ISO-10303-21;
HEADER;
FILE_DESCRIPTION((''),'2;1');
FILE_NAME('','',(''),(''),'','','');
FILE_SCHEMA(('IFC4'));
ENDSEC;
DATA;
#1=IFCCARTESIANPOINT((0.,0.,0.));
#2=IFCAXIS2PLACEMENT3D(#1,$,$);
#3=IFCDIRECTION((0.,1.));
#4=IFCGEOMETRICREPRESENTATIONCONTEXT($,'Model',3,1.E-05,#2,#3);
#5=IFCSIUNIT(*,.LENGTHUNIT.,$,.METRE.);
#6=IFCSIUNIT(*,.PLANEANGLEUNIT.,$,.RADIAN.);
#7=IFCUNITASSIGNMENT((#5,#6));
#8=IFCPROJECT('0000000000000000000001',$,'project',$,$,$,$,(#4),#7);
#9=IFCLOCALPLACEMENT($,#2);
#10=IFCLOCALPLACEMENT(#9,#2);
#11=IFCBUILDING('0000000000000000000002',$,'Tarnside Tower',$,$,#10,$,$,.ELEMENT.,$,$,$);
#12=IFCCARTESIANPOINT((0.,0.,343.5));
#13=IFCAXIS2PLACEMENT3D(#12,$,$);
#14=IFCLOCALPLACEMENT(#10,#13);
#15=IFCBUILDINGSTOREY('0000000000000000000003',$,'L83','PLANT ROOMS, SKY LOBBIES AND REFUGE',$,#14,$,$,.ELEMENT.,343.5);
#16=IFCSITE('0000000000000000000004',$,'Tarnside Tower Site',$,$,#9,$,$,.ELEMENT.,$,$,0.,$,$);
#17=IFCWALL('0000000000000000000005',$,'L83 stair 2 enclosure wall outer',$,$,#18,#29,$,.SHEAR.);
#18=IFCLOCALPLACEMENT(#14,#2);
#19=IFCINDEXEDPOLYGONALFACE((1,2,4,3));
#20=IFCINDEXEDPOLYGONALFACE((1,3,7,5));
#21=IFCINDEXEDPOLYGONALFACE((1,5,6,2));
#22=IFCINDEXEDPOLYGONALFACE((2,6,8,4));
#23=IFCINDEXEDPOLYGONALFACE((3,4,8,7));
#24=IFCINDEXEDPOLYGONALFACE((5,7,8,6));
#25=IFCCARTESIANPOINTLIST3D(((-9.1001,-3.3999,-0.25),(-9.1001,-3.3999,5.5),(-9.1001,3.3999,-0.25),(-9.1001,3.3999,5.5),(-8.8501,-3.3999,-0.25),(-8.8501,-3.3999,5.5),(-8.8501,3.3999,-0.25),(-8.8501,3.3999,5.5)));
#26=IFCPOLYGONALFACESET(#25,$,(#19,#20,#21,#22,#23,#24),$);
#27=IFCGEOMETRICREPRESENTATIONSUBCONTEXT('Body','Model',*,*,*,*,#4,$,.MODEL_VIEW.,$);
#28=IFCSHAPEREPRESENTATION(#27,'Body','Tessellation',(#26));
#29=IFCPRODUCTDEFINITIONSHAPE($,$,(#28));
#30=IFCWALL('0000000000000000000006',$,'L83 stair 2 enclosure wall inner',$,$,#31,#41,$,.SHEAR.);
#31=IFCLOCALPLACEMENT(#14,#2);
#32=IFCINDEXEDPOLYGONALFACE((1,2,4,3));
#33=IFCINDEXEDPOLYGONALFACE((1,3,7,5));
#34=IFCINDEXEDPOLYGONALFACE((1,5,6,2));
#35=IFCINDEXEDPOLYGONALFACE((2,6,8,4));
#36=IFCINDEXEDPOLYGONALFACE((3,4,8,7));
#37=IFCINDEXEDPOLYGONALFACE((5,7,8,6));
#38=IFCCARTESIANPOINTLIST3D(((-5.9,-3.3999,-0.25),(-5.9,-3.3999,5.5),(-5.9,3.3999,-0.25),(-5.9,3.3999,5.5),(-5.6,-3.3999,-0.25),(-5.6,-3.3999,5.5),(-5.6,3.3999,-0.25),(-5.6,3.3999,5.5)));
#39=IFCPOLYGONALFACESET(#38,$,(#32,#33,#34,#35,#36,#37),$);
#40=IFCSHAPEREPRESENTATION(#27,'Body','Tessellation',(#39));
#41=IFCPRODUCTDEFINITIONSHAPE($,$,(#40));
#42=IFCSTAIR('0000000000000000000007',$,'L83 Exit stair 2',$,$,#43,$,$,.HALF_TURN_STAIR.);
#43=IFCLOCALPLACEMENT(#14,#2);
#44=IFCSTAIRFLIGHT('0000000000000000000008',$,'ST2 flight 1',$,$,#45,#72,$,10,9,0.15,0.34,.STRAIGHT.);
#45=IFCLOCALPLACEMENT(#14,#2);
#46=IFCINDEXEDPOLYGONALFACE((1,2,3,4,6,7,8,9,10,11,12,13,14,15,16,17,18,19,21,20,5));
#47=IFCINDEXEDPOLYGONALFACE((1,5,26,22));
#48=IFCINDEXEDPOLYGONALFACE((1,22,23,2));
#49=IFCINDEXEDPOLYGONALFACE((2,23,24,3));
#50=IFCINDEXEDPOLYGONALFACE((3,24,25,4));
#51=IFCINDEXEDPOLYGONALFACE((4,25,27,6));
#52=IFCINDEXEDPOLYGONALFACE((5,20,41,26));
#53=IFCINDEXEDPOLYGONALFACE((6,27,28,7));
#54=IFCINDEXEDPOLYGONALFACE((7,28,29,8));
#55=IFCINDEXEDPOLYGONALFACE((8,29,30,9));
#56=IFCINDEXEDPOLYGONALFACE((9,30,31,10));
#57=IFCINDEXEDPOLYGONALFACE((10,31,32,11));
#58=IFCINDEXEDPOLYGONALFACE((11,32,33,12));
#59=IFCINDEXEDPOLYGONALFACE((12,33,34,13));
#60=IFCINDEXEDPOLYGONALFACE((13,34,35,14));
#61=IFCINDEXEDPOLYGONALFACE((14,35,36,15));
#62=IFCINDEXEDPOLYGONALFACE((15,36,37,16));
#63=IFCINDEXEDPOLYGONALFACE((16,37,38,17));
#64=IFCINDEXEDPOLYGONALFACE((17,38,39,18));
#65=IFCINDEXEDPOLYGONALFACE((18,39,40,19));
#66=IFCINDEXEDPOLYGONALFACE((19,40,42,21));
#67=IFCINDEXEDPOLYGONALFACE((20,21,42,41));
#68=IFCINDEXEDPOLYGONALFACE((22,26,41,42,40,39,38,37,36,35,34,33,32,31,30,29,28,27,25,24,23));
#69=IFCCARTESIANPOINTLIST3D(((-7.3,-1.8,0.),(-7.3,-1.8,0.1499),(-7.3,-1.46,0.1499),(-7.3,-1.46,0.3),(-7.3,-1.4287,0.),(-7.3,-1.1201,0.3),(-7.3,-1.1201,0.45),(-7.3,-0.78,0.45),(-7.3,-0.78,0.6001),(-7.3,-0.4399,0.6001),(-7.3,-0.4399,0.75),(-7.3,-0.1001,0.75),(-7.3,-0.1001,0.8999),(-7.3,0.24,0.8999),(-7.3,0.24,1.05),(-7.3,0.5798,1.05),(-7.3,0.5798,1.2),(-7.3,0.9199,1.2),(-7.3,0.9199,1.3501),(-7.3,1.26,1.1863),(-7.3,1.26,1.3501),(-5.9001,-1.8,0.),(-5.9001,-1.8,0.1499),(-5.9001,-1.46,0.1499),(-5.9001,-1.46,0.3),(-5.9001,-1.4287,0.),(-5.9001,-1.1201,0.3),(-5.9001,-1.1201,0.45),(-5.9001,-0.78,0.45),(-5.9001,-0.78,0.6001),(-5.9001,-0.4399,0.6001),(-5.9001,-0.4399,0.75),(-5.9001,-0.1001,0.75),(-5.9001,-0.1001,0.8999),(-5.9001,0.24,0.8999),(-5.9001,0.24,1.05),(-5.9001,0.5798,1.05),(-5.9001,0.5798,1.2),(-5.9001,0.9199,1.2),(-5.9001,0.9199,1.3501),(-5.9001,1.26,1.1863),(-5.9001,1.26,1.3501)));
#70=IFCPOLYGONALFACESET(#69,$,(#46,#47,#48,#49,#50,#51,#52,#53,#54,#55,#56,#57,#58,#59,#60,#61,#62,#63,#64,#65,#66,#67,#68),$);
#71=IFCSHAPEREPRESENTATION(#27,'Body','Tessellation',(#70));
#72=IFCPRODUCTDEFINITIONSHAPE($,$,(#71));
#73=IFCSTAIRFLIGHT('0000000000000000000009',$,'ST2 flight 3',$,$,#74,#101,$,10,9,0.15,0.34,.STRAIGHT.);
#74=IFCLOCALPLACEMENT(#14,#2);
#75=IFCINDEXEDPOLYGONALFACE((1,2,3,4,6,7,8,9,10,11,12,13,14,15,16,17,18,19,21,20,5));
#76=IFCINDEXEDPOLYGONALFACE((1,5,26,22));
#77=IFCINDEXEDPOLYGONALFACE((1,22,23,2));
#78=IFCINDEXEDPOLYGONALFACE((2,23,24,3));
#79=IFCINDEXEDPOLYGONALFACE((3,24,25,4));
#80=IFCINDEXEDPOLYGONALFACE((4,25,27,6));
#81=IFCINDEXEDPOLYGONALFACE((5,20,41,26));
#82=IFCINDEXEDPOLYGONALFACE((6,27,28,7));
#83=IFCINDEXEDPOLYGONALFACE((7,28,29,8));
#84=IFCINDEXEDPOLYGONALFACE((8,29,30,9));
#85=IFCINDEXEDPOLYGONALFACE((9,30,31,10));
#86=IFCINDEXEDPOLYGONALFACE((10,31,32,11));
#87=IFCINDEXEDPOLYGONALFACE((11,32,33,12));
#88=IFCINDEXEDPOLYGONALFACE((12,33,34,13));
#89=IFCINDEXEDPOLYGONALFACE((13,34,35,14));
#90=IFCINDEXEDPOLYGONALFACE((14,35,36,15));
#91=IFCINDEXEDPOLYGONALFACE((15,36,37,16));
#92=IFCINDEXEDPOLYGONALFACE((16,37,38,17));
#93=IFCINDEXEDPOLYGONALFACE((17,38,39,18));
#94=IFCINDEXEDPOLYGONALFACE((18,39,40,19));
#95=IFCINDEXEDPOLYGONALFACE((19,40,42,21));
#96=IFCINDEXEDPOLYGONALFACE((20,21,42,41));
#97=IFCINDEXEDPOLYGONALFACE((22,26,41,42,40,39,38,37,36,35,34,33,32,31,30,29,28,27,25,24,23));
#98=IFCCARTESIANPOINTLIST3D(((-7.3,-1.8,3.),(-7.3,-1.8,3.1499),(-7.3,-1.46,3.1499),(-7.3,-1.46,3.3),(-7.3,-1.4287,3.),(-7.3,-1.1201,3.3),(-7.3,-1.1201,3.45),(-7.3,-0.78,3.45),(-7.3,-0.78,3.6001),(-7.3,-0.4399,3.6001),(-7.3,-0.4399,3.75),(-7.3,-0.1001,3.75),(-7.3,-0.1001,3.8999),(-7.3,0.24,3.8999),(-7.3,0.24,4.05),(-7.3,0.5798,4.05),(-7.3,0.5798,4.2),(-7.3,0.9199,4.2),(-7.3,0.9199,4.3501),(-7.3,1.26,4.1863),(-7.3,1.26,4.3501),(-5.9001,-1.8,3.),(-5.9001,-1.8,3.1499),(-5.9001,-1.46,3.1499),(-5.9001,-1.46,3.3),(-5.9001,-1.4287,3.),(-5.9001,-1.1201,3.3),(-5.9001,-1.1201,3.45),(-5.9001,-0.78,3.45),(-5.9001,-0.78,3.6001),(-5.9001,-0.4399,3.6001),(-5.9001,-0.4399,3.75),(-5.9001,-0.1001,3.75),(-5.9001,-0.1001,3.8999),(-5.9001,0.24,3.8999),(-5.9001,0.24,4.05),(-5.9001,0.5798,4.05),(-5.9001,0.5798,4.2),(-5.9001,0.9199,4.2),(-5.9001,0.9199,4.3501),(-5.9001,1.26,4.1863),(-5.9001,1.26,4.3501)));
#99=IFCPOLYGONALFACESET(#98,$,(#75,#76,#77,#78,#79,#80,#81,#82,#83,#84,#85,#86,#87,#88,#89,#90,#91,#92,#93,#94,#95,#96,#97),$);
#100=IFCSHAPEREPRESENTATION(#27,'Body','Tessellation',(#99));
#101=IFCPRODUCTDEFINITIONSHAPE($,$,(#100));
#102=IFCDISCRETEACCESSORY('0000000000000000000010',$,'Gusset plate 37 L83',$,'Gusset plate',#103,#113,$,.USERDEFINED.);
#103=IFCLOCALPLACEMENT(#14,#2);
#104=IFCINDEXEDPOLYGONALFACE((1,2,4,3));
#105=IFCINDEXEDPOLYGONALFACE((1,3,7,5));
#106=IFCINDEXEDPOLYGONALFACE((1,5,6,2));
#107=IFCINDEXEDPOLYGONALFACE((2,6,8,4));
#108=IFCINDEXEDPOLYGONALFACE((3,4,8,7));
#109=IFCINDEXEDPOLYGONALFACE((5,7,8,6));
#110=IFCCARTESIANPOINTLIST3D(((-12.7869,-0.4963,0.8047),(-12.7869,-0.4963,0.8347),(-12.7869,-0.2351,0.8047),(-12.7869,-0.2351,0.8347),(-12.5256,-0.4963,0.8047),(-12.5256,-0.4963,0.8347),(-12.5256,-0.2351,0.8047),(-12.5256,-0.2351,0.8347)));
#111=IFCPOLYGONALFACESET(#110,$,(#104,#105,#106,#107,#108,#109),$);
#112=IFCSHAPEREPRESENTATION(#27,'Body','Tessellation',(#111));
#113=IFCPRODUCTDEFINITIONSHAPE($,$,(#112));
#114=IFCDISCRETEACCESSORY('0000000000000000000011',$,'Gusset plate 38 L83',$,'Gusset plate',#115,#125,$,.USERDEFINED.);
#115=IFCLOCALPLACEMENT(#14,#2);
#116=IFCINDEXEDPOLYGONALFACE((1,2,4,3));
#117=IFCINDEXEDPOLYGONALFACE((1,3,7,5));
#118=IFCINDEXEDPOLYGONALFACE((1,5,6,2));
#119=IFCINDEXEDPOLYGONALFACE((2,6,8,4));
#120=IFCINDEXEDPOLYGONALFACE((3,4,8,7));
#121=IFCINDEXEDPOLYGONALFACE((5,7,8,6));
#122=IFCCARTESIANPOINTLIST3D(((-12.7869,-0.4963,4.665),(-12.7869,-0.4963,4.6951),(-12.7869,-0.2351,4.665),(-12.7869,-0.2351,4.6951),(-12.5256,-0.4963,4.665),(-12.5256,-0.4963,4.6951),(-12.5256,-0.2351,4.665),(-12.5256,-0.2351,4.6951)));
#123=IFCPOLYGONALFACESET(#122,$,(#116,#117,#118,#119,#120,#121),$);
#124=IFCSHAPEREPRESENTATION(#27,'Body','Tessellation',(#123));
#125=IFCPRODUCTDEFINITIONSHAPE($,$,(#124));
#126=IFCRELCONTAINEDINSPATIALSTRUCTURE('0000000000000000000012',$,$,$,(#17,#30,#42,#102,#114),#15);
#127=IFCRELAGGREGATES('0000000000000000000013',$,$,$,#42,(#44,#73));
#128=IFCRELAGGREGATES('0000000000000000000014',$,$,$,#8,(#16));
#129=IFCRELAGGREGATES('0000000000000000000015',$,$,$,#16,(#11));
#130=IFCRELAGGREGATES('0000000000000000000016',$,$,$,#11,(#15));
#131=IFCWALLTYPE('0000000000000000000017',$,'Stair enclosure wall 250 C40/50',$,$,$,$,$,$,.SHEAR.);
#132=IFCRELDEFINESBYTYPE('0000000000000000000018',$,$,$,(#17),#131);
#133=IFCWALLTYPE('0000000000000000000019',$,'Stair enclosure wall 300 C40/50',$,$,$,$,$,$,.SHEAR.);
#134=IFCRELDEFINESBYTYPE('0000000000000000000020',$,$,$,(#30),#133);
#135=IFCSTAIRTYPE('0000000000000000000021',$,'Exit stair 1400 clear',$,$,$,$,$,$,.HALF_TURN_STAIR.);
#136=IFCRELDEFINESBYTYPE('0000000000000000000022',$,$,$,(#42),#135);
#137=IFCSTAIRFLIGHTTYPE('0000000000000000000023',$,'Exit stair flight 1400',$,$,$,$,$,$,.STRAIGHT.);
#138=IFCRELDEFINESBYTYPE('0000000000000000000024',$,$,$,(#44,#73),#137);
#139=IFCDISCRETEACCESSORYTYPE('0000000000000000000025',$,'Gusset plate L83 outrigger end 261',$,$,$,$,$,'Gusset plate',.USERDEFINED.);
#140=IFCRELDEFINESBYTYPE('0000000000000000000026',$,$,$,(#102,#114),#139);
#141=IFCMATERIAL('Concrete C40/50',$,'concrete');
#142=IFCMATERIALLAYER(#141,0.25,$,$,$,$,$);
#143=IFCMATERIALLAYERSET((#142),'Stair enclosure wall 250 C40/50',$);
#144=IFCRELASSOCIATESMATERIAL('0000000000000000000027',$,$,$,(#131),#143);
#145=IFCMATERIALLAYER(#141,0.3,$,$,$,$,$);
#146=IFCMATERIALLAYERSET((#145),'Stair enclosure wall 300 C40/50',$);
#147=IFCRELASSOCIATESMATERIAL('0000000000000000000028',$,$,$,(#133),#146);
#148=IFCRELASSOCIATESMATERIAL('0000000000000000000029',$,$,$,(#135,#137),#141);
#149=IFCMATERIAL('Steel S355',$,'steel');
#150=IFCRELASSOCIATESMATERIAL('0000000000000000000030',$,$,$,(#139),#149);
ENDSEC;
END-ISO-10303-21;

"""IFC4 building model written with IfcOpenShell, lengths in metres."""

from ifc_helpers import new_model, si_unit, direction, frame, frame_2d, origin, origin_2d, place, context, subcontext, project, spatial, polyline, rectangle, outline, extrude, material, layer, layer_set, type_object, element, aggregate, save


model = new_model("IFC4")

# Units and contexts
model_context = context("Model", 3, precision=1e-05, world=origin(), true_north=direction((0.0, 1.0)))
body_context = subcontext(model_context, "Body", "Model", "MODEL_VIEW")
ifc_project = project(units=[si_unit("LENGTHUNIT", "METRE"), si_unit("PLANEANGLEUNIT", "RADIAN")], contexts=[model_context])

# Site, building, storey
site_placement = place(None, origin())
site = spatial("IfcSite", under=ifc_project, at=site_placement, Name="Tarnside Tower Site", CompositionType="ELEMENT", RefElevation=0.0)
building_placement = place(site_placement, origin())
building = spatial("IfcBuilding", under=site, at=building_placement, Name="Tarnside Tower", CompositionType="ELEMENT")
storey_placement = place(building_placement, frame((0.0, 0.0, 343.5)))
storey = spatial("IfcBuildingStorey", under=building, at=storey_placement, Name="L83", Description="PLANT ROOMS, SKY LOBBIES AND REFUGE", CompositionType="ELEMENT", Elevation=343.5)

# Shared definitions
ifc_material_1 = material(Name="Steel S355", Category="steel")

# Shared definitions
ifc_material_2 = material(Name="Concrete C40/50", Category="concrete")

# Walls
ifc_layer_1 = layer(ifc_material_2, 0.25)
ifc_layer_set_1 = layer_set([ifc_layer_1], Name="Stair enclosure wall 250 C40/50")
wall_type_1 = type_object("IfcWallType", Name="Stair enclosure wall 250 C40/50", PredefinedType="SHEAR", material=ifc_layer_set_1)
wall_1_placement = place(storey_placement, frame((-8.9751, -3.3999, -0.25), z_axis=(0.0, 0.0, 1.0), x_axis=(0.0, 1.0, 0.0)))
element("IfcWall", 1, at=wall_1_placement, inside=storey, type_object=wall_type_1, Name="L83 stair 2 enclosure wall outer", PredefinedType="SHEAR", context=body_context, shape_type="SweptSolid", body=[
    extrude(rectangle(XDim=6.7998, YDim=0.25, at=frame_2d((3.3999, 0.0))), origin(), (0.0, 0.0, 1.0), 5.75),
])
ifc_layer_2 = layer(ifc_material_2, 0.3)
ifc_layer_set_2 = layer_set([ifc_layer_2], Name="Stair enclosure wall 300 C40/50")
wall_type_2 = type_object("IfcWallType", Name="Stair enclosure wall 300 C40/50", PredefinedType="SHEAR", material=ifc_layer_set_2)
wall_2_placement = place(storey_placement, frame((-5.75, -3.3999, -0.25), z_axis=(0.0, 0.0, 1.0), x_axis=(0.0, 1.0, 0.0)))
element("IfcWall", 2, at=wall_2_placement, inside=storey, type_object=wall_type_2, Name="L83 stair 2 enclosure wall inner", PredefinedType="SHEAR", context=body_context, shape_type="SweptSolid", body=[
    extrude(rectangle(XDim=6.7998, YDim=0.3, at=frame_2d((3.3999, 0.0))), origin(), (0.0, 0.0, 1.0), 5.75),
])

# Stair, stair flights
stair_type = type_object("IfcStairType", Name="Exit stair 1400 clear", PredefinedType="HALF_TURN_STAIR", material=ifc_material_2)
stair_placement = place(storey_placement, origin())
stair = element("IfcStair", 3, at=stair_placement, inside=storey, type_object=stair_type, Name="L83 Exit stair 2", PredefinedType="HALF_TURN_STAIR")
stair_flight_type = type_object("IfcStairFlightType", Name="Exit stair flight 1400", PredefinedType="STRAIGHT", material=ifc_material_2)
stair_flight_1_placement = place(storey_placement, frame((-6.6001, -1.8, 0.0), z_axis=(0.0, 0.0, 1.0), x_axis=(0.0, 1.0, 0.0)))
stair_flight_1 = element("IfcStairFlight", 4, at=stair_flight_1_placement, type_object=stair_flight_type, Name="ST2 flight 1", NumberOfRisers=10, NumberOfTreads=9, PredefinedType="STRAIGHT", RiserHeight=0.15, TreadLength=0.34, context=body_context, shape_type="SweptSolid", body=[
    extrude(outline(polyline([(0.0, 0.0), (0.0, 0.1499), (0.3401, 0.1499), (0.3401, 0.3), (0.6799, 0.3), (0.6799, 0.45), (1.02, 0.45), (1.02, 0.6001), (1.3601, 0.6001), (1.3601, 0.75), (1.7, 0.75), (1.7, 0.8999), (2.04, 0.8999), (2.04, 1.05), (2.3799, 1.05), (2.3799, 1.2), (2.72, 1.2), (2.72, 1.3501), (3.0601, 1.3501), (3.0601, 1.5), (3.0601, 1.1863), (0.3713, 0.0), (0.0, 0.0)])), frame((0.0, 0.7, 0.0), z_axis=(0.0, -1.0, 0.0), x_axis=(1.0, 0.0, 0.0)), (0.0, 0.0, 1.0), 1.3999),
])
stair_flight_2_placement = place(storey_placement, frame((-6.6001, -1.8, 3.0), z_axis=(0.0, 0.0, 1.0), x_axis=(0.0, 1.0, 0.0)))
stair_flight_2 = element("IfcStairFlight", 5, at=stair_flight_2_placement, type_object=stair_flight_type, Name="ST2 flight 3", NumberOfRisers=10, NumberOfTreads=9, PredefinedType="STRAIGHT", RiserHeight=0.15, TreadLength=0.34, context=body_context, shape_type="SweptSolid", body=[
    extrude(outline(polyline([(0.0, 0.0), (0.0, 0.1499), (0.3401, 0.1499), (0.3401, 0.3), (0.6799, 0.3), (0.6799, 0.45), (1.02, 0.45), (1.02, 0.6001), (1.3601, 0.6001), (1.3601, 0.75), (1.7, 0.75), (1.7, 0.8999), (2.04, 0.8999), (2.04, 1.05), (2.3799, 1.05), (2.3799, 1.2), (2.72, 1.2), (2.72, 1.3501), (3.0601, 1.3501), (3.0601, 1.5), (3.0601, 1.1863), (0.3713, 0.0), (0.0, 0.0)])), frame((0.0, 0.7, 0.0), z_axis=(0.0, -1.0, 0.0), x_axis=(1.0, 0.0, 0.0)), (0.0, 0.0, 1.0), 1.3999),
])
aggregate(stair, [stair_flight_1, stair_flight_2])

# Discrete accessories
discrete_accessory_type = type_object("IfcDiscreteAccessoryType", Name="Gusset plate L83 outrigger end 261", ElementType="Gusset plate", PredefinedType="USERDEFINED", material=ifc_material_1)
for number, where, z_axis, x_axis, name in (
    (6, (-12.6562, -0.3657, 0.8047), (0.0, 0.0, 1.0), (1.0, 0.0, 0.0), "Gusset plate 37 L83"),
    (7, (-12.6562, -0.3657, 4.665), (0.0, 0.0, 1.0), (1.0, 0.0, 0.0), "Gusset plate 38 L83"),
):
    element("IfcDiscreteAccessory", number, at=place(storey_placement, frame(where, z_axis=z_axis, x_axis=x_axis)), inside=storey, type_object=discrete_accessory_type, Name=name, ObjectType="Gusset plate", PredefinedType="USERDEFINED", context=body_context, shape_type="SweptSolid", body=[
        extrude(rectangle(XDim=0.2612, YDim=0.2612, at=origin_2d()), origin(), (0.0, 0.0, 1.0), 0.03),
    ])

save(model, "model.ifc")
